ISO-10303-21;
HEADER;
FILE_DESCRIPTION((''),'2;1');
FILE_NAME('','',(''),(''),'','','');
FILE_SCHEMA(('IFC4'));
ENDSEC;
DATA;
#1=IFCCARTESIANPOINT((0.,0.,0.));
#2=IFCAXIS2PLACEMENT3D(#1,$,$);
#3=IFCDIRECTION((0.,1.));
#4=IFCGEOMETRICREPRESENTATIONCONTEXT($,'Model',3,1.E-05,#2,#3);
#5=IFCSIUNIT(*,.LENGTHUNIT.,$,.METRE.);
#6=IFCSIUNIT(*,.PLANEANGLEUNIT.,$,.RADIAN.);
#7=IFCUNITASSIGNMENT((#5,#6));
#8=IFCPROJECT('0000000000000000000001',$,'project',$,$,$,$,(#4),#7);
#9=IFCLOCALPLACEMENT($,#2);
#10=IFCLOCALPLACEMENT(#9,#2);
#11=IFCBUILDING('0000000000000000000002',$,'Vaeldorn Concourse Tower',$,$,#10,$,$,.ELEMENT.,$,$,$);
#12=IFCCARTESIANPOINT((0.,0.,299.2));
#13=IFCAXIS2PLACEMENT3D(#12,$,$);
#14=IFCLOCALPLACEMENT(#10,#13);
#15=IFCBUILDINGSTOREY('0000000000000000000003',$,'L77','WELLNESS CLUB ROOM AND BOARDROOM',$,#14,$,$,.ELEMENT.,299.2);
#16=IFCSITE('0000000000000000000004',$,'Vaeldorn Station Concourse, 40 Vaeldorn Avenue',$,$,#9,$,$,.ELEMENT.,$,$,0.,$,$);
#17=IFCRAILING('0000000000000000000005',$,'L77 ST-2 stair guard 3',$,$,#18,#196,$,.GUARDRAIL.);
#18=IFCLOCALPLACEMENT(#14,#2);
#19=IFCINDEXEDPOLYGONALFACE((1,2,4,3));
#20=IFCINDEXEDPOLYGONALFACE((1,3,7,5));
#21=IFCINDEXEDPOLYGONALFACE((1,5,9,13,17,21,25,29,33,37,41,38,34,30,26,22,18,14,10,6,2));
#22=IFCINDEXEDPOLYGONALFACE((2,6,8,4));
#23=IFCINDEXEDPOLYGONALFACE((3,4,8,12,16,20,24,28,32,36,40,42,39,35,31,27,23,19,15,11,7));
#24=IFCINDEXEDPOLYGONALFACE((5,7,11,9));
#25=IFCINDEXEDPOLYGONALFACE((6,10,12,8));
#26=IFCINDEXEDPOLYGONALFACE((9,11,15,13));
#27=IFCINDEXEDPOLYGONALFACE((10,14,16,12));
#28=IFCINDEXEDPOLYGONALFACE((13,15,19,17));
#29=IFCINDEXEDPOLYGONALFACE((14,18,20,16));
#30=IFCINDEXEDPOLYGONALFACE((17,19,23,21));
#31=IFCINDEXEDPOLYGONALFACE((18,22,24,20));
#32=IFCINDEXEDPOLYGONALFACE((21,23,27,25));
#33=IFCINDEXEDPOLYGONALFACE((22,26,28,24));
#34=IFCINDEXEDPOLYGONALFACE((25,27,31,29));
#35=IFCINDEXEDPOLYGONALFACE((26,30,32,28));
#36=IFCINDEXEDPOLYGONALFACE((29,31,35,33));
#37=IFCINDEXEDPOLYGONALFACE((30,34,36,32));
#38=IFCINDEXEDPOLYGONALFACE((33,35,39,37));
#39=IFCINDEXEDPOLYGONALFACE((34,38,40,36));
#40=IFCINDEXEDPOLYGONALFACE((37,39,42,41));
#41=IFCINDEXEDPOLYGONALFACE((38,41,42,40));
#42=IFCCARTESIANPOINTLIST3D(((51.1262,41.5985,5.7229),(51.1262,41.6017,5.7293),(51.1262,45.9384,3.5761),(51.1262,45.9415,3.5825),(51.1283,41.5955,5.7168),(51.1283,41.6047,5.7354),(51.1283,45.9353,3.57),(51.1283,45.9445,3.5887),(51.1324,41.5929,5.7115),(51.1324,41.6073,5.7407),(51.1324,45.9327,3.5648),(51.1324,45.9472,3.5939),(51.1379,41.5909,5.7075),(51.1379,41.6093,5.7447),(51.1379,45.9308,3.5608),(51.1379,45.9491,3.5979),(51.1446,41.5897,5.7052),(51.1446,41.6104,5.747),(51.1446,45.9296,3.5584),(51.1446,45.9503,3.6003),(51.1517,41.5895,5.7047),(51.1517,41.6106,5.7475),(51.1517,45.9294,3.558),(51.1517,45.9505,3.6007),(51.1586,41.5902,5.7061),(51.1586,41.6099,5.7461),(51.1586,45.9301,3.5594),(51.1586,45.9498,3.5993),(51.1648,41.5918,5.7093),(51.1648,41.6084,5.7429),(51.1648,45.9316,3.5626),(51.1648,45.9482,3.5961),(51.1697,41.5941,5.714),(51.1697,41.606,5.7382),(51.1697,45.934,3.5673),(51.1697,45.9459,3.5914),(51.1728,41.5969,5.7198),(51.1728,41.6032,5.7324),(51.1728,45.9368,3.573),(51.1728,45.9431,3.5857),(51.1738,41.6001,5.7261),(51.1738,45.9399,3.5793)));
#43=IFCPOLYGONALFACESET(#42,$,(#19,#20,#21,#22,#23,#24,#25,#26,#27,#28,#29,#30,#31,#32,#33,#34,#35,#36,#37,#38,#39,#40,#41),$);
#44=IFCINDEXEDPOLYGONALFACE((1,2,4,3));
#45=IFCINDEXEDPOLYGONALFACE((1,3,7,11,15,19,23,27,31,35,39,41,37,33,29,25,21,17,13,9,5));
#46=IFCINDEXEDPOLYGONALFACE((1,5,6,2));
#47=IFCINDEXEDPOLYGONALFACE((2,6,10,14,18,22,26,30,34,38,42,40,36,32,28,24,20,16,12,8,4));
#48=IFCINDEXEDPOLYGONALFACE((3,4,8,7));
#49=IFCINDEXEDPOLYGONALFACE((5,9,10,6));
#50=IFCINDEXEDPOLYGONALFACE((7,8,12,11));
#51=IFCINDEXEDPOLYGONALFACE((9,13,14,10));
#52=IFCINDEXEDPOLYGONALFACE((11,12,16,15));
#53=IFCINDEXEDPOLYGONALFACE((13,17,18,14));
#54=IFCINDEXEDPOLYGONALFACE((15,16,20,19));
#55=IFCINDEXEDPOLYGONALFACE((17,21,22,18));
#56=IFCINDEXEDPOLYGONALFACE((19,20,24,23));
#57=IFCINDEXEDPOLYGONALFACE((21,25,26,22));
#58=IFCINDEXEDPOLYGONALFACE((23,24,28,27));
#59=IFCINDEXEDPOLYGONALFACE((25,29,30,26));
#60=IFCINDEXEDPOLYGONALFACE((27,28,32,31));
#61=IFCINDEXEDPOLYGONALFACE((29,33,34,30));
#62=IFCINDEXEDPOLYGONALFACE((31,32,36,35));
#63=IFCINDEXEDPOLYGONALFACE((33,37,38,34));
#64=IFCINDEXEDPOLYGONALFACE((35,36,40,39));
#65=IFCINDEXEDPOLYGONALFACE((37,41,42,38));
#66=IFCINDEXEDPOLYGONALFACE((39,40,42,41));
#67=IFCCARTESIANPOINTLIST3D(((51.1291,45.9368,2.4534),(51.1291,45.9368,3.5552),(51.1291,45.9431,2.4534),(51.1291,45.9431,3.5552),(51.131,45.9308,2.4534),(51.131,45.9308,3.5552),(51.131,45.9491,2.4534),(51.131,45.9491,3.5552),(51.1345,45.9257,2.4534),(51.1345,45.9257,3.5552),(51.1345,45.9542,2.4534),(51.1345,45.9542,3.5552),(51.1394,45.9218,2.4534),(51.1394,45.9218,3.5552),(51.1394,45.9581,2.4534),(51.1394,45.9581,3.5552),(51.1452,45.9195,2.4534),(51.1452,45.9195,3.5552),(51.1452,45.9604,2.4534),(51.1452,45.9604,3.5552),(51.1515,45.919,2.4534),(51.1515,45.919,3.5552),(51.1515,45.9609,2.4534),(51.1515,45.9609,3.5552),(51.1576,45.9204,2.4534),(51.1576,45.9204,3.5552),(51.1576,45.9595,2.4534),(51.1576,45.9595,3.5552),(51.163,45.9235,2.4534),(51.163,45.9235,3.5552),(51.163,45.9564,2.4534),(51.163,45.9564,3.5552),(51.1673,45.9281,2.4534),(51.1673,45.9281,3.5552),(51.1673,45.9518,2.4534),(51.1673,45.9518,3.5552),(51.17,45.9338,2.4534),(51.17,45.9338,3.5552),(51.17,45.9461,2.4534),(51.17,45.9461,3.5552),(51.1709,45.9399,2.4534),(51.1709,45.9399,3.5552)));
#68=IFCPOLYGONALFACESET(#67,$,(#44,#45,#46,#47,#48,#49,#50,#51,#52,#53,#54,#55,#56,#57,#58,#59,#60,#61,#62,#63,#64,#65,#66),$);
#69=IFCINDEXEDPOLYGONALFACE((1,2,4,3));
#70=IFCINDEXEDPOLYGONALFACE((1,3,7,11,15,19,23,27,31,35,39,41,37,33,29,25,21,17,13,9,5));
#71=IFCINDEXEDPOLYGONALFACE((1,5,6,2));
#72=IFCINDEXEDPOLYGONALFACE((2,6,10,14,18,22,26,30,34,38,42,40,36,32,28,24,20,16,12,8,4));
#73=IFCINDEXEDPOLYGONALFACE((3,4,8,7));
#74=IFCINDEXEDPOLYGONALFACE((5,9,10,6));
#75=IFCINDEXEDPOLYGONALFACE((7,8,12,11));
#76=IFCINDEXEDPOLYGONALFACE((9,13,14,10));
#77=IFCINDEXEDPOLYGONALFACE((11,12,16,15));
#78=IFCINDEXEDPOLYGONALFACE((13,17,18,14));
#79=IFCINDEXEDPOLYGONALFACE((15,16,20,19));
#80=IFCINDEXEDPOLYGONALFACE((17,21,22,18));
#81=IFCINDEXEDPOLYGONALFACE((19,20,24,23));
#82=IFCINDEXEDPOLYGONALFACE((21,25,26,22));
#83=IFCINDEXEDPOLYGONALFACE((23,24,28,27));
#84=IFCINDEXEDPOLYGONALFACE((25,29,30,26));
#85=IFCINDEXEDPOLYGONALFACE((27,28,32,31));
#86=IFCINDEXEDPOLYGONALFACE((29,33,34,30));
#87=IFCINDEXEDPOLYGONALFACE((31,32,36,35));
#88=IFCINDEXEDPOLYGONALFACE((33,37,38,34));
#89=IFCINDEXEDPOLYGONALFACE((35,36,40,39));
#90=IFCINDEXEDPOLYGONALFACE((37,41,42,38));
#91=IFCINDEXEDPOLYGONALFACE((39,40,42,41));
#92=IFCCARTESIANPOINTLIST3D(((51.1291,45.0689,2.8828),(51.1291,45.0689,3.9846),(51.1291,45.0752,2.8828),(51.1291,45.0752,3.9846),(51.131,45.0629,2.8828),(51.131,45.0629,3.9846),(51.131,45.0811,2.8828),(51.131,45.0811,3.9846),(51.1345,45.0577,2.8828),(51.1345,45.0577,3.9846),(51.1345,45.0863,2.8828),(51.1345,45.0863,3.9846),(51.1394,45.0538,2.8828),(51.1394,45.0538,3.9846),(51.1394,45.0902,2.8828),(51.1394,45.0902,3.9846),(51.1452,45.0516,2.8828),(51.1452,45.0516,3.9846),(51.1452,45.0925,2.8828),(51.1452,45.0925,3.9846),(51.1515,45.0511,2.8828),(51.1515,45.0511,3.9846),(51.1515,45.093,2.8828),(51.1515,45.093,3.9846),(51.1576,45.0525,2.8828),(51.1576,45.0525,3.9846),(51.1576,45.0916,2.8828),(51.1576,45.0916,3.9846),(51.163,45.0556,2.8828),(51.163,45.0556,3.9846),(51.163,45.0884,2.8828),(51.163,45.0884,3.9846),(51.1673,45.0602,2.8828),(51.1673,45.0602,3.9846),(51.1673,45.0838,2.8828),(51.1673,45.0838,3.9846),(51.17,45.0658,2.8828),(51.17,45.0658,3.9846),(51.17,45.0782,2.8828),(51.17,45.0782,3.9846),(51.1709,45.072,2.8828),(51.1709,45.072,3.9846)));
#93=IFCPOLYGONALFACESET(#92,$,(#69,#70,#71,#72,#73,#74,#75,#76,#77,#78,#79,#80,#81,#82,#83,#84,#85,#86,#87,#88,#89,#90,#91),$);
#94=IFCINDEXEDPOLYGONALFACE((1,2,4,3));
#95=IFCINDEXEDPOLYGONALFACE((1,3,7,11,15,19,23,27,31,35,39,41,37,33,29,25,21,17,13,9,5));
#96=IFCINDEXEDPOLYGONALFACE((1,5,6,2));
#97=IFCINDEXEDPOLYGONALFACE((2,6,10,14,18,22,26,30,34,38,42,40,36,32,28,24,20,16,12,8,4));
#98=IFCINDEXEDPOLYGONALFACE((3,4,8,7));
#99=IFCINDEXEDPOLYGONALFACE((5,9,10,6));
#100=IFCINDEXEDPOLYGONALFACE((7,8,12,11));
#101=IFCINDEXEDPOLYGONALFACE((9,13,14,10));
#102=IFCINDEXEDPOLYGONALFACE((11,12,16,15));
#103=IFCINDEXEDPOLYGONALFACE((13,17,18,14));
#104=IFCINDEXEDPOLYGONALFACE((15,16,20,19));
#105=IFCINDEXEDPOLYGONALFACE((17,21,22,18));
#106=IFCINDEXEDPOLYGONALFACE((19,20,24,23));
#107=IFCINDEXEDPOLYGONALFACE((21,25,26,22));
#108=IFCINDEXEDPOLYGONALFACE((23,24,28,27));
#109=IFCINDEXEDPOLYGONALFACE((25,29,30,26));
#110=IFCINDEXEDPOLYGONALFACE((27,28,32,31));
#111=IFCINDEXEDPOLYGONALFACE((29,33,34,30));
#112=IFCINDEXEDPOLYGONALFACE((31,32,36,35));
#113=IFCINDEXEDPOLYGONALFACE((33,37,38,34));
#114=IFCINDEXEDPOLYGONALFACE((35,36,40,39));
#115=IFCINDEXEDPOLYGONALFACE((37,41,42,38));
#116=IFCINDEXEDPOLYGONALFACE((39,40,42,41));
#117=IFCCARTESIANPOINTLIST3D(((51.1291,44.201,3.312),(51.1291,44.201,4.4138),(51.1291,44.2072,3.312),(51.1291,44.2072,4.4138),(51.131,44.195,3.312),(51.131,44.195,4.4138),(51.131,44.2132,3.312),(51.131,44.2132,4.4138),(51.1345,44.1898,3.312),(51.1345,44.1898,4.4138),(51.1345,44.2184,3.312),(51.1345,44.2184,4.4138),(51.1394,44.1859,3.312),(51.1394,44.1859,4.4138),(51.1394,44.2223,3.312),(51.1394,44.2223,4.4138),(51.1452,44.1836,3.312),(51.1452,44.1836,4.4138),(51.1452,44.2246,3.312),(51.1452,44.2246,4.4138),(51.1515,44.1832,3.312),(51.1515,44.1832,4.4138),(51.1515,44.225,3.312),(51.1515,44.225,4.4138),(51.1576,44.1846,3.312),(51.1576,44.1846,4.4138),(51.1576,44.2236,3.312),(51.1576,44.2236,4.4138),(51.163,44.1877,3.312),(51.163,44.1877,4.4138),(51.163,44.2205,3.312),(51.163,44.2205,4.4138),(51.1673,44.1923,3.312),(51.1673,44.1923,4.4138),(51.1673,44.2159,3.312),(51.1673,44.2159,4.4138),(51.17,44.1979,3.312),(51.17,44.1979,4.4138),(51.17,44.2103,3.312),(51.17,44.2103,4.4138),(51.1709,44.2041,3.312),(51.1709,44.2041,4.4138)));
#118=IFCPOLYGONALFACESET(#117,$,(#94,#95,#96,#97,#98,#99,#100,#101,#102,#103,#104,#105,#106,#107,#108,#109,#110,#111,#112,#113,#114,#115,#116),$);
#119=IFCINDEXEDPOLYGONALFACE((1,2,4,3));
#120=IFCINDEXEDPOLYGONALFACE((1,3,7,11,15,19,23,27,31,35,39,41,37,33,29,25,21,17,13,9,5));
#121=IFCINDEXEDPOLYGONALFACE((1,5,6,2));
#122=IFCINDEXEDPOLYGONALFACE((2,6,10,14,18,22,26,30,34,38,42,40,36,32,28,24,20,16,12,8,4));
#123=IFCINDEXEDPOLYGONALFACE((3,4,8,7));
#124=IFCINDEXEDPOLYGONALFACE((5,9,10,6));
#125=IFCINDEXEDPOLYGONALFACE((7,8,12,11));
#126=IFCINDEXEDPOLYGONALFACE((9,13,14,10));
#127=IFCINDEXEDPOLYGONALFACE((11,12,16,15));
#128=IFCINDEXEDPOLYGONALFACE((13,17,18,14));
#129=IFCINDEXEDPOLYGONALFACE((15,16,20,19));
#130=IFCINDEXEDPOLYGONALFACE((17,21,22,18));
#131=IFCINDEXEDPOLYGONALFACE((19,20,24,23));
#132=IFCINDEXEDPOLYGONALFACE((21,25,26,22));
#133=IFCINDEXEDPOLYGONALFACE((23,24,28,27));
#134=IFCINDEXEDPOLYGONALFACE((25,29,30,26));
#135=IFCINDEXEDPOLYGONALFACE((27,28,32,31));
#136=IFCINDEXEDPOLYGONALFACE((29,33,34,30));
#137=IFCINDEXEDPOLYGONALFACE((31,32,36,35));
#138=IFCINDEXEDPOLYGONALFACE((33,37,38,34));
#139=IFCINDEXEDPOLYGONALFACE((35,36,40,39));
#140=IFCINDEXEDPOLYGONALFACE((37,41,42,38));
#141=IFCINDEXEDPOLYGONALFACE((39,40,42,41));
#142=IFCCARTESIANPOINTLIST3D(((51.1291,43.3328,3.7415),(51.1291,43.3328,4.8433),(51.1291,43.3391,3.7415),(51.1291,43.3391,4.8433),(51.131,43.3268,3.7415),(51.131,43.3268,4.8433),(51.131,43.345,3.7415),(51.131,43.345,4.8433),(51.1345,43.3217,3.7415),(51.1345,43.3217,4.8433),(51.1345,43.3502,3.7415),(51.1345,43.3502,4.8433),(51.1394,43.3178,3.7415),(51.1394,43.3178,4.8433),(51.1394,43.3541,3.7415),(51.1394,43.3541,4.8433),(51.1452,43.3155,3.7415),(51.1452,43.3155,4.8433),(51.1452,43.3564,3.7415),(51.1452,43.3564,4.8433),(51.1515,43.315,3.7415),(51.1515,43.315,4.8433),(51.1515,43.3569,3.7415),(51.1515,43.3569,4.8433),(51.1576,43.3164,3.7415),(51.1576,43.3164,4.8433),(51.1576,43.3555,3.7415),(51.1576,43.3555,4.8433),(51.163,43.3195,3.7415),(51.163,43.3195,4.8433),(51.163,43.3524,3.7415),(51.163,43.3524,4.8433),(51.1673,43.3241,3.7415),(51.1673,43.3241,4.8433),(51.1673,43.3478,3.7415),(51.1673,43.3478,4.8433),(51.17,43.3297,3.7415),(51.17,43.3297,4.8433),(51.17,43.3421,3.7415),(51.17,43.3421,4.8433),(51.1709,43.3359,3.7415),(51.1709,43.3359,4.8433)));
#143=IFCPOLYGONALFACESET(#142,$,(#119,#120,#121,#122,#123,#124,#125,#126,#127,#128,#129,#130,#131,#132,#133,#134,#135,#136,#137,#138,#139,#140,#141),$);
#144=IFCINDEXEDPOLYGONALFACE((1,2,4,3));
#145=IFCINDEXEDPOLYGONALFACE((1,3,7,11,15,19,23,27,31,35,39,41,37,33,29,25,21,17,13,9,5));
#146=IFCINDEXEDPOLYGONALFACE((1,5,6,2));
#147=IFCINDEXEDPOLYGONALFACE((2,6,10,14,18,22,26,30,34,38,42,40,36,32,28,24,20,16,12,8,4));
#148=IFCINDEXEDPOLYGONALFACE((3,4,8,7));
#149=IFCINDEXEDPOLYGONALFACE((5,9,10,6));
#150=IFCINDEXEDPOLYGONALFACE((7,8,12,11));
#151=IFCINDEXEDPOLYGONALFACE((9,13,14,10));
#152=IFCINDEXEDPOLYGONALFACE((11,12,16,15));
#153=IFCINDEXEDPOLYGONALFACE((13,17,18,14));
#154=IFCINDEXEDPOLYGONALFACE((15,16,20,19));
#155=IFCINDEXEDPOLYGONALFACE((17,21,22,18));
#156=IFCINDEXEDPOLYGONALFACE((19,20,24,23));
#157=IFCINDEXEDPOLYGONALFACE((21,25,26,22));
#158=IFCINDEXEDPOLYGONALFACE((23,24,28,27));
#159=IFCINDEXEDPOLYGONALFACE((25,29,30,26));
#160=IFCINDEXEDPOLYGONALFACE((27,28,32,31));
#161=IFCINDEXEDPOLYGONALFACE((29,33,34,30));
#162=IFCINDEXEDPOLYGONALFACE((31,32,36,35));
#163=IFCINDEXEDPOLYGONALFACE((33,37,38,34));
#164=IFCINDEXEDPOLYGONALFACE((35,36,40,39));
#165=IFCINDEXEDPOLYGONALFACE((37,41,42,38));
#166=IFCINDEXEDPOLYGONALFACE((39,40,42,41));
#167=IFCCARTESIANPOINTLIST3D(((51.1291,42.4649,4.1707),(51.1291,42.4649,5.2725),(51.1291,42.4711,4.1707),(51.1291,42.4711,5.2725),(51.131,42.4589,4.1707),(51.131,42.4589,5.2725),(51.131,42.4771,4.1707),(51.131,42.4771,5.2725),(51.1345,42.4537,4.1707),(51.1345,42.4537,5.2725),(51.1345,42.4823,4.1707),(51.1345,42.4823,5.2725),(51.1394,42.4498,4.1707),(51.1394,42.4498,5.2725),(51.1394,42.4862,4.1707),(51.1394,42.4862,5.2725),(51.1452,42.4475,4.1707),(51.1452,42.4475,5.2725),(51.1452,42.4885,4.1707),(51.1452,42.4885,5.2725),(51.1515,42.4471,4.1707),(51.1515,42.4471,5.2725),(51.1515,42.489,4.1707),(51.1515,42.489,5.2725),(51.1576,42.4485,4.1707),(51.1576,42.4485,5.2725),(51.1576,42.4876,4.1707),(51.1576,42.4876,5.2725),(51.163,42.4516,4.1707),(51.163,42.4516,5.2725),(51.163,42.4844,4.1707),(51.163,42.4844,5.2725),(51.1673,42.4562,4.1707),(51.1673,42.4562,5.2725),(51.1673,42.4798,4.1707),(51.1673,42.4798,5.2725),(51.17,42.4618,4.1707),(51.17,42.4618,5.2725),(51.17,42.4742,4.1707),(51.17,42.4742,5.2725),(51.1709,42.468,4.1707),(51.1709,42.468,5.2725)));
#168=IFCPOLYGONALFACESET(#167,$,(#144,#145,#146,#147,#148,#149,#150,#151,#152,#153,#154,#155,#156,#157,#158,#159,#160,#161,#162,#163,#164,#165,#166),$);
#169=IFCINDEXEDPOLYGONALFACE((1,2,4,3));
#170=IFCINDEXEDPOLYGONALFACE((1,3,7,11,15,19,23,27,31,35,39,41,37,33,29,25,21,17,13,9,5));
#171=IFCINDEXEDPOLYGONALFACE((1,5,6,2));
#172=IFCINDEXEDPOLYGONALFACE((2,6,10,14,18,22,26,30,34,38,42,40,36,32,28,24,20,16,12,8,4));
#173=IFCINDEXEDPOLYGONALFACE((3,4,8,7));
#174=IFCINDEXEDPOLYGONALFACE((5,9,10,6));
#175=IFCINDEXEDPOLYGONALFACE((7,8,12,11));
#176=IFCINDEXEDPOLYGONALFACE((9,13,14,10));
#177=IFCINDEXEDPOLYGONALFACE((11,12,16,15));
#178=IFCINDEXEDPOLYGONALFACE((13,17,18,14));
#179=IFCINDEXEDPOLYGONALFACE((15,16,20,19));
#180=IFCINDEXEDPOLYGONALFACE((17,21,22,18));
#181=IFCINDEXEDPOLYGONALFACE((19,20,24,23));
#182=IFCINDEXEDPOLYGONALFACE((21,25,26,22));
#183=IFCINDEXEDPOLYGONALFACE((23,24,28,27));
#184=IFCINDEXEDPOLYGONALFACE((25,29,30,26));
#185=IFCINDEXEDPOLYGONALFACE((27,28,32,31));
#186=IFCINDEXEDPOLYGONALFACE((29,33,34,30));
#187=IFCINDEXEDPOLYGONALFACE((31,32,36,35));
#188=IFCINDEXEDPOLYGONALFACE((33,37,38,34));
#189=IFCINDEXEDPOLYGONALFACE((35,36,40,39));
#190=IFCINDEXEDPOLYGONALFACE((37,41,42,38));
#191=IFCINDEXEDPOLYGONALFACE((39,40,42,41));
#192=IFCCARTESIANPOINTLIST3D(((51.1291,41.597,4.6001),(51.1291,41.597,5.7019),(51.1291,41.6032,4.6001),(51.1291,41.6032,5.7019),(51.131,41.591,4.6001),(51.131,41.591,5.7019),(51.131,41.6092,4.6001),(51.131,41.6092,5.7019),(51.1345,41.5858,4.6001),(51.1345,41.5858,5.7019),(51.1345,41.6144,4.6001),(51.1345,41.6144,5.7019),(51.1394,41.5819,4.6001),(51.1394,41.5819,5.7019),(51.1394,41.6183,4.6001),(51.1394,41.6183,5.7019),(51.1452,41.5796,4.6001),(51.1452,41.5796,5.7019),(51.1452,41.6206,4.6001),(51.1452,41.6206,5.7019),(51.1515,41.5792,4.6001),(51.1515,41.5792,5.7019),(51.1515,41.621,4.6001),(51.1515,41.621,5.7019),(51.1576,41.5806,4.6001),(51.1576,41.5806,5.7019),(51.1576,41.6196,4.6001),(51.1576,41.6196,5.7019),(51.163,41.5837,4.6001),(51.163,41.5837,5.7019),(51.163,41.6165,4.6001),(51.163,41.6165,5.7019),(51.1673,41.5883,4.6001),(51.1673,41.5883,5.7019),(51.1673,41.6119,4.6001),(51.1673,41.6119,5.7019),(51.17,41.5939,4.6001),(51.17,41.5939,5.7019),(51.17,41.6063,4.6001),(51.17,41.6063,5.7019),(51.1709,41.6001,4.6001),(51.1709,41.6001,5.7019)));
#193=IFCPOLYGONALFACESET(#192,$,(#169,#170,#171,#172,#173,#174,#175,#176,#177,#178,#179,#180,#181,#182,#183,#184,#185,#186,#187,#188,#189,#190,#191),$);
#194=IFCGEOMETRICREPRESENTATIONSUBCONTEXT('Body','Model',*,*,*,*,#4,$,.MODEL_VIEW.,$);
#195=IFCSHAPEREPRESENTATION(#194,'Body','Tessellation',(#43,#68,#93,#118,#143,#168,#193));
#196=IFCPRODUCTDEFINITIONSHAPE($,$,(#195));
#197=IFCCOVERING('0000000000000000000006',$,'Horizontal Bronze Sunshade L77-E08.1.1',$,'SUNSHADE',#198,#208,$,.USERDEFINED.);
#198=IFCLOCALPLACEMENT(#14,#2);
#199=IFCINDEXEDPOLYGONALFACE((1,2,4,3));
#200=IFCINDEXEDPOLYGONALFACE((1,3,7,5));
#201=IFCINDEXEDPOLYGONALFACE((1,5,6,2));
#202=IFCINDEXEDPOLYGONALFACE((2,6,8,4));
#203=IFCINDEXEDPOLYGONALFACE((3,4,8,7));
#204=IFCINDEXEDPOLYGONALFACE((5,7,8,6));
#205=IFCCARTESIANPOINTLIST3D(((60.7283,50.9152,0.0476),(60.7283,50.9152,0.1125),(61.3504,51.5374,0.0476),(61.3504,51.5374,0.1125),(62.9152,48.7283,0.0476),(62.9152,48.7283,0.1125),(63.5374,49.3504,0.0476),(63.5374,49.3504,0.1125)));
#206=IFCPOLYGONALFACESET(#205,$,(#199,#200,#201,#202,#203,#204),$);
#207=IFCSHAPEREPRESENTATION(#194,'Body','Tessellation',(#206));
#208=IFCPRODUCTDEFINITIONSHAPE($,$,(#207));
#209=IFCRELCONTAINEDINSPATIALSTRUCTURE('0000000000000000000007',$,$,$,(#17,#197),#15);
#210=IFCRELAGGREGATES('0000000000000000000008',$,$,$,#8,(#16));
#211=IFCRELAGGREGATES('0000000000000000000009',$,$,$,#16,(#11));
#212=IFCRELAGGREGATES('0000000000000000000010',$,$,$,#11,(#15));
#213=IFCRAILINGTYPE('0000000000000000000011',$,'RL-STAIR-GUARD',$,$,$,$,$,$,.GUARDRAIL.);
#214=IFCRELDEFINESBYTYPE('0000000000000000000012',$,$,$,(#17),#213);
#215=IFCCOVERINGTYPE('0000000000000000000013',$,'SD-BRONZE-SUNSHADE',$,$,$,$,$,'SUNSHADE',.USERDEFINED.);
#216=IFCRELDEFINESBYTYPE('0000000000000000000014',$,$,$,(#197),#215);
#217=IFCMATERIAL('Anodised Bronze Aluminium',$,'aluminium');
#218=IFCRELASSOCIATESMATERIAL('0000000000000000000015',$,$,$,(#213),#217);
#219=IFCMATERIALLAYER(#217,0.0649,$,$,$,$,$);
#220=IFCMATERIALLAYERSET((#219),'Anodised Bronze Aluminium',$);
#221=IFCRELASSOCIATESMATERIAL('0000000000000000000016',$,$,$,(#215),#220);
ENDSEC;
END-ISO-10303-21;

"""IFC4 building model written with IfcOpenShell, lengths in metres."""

from ifc_helpers import new_model, si_unit, direction, frame, origin, origin_2d, place, context, subcontext, project, spatial, rectangle, circle, extrude, source, transform, mapped, material, layer, layer_set, type_object, element, save


model = new_model("IFC4")

# Units and contexts
model_context = context("Model", 3, precision=1e-05, world=origin(), true_north=direction((0.0, 1.0)))
body_context = subcontext(model_context, "Body", "Model", "MODEL_VIEW")
ifc_project = project(units=[si_unit("LENGTHUNIT", "METRE"), si_unit("PLANEANGLEUNIT", "RADIAN")], contexts=[model_context])

# Site, building, storey
site_placement = place(None, origin())
site = spatial("IfcSite", under=ifc_project, at=site_placement, Name="Vaeldorn Station Concourse, 40 Vaeldorn Avenue", CompositionType="ELEMENT", RefElevation=0.0)
building_placement = place(site_placement, origin())
building = spatial("IfcBuilding", under=site, at=building_placement, Name="Vaeldorn Concourse Tower", CompositionType="ELEMENT")
storey_placement = place(building_placement, frame((0.0, 0.0, 299.2)))
storey = spatial("IfcBuildingStorey", under=building, at=storey_placement, Name="L77", Description="WELLNESS CLUB ROOM AND BOARDROOM", CompositionType="ELEMENT", Elevation=299.2)

# Shared definitions
ifc_material_1 = material(Name="Anodised Bronze Aluminium", Category="aluminium")

# Railing
railing_type = type_object("IfcRailingType", Name="RL-STAIR-GUARD", PredefinedType="GUARDRAIL", material=ifc_material_1)
railing_1_placement = place(storey_placement, frame((51.1499, 45.9399, 2.4534)))
element("IfcRailing", 1, at=railing_1_placement, inside=storey, type_object=railing_type, Name="L77 ST-2 stair guard 3", PredefinedType="GUARDRAIL", context=body_context, shape_type="SweptSolid", body=[
    extrude(circle(Radius=0.0239, at=origin_2d()), frame((0.0, 0.0, 1.126), z_axis=(0.0, -0.896335, 0.443377), x_axis=(1.0, 0.0, 0.0)), (0.0, 0.0, 1.0), 4.8418),
    extrude(circle(Radius=0.021, at=origin_2d()), origin(), (0.0, 0.0, 1.0), 1.1018),
    extrude(circle(Radius=0.021, at=origin_2d()), frame((0.0, -0.8679, 0.4294)), (0.0, 0.0, 1.0), 1.1018),
    extrude(circle(Radius=0.021, at=origin_2d()), frame((0.0, -1.7358, 0.8586)), (0.0, 0.0, 1.0), 1.1018),
    extrude(circle(Radius=0.021, at=origin_2d()), frame((0.0, -2.604, 1.2881)), (0.0, 0.0, 1.0), 1.1018),
    extrude(circle(Radius=0.021, at=origin_2d()), frame((0.0, -3.4719, 1.7173)), (0.0, 0.0, 1.0), 1.1018),
    extrude(circle(Radius=0.021, at=origin_2d()), frame((0.0, -4.3398, 2.1467)), (0.0, 0.0, 1.0), 1.1018),
])

# Covering
ifc_layer_1 = layer(ifc_material_1, 0.0649)
ifc_layer_set_1 = layer_set([ifc_layer_1], Name="Anodised Bronze Aluminium")
covering_type = type_object("IfcCoveringType", Name="SD-BRONZE-SUNSHADE", ElementType="SUNSHADE", PredefinedType="USERDEFINED", material=ifc_layer_set_1)
shared_shape_1 = source(origin(), body_context, "Body", "SweptSolid", [
    extrude(rectangle(XDim=3.0928, YDim=0.8799, at=origin_2d()), origin(), (0.0, 0.0, 1.0), 0.0649),
])
for number, where, z_axis, x_axis, name in (
    (2, (62.1328, 50.1328, 0.0476), (0.0, 0.0, 1.0), (-0.707107, 0.707107, 0.0), "Horizontal Bronze Sunshade L77-E08.1.1"),
):
    element("IfcCovering", number, at=place(storey_placement, frame(where, z_axis=z_axis, x_axis=x_axis)), inside=storey, type_object=covering_type, Name=name, ObjectType="SUNSHADE", PredefinedType="USERDEFINED", context=body_context, shape_type="MappedRepresentation", body=[
        mapped(shared_shape_1, transform((0.0, 0.0, 0.0), scale=1.0)),
    ])

save(model, "model.ifc")
